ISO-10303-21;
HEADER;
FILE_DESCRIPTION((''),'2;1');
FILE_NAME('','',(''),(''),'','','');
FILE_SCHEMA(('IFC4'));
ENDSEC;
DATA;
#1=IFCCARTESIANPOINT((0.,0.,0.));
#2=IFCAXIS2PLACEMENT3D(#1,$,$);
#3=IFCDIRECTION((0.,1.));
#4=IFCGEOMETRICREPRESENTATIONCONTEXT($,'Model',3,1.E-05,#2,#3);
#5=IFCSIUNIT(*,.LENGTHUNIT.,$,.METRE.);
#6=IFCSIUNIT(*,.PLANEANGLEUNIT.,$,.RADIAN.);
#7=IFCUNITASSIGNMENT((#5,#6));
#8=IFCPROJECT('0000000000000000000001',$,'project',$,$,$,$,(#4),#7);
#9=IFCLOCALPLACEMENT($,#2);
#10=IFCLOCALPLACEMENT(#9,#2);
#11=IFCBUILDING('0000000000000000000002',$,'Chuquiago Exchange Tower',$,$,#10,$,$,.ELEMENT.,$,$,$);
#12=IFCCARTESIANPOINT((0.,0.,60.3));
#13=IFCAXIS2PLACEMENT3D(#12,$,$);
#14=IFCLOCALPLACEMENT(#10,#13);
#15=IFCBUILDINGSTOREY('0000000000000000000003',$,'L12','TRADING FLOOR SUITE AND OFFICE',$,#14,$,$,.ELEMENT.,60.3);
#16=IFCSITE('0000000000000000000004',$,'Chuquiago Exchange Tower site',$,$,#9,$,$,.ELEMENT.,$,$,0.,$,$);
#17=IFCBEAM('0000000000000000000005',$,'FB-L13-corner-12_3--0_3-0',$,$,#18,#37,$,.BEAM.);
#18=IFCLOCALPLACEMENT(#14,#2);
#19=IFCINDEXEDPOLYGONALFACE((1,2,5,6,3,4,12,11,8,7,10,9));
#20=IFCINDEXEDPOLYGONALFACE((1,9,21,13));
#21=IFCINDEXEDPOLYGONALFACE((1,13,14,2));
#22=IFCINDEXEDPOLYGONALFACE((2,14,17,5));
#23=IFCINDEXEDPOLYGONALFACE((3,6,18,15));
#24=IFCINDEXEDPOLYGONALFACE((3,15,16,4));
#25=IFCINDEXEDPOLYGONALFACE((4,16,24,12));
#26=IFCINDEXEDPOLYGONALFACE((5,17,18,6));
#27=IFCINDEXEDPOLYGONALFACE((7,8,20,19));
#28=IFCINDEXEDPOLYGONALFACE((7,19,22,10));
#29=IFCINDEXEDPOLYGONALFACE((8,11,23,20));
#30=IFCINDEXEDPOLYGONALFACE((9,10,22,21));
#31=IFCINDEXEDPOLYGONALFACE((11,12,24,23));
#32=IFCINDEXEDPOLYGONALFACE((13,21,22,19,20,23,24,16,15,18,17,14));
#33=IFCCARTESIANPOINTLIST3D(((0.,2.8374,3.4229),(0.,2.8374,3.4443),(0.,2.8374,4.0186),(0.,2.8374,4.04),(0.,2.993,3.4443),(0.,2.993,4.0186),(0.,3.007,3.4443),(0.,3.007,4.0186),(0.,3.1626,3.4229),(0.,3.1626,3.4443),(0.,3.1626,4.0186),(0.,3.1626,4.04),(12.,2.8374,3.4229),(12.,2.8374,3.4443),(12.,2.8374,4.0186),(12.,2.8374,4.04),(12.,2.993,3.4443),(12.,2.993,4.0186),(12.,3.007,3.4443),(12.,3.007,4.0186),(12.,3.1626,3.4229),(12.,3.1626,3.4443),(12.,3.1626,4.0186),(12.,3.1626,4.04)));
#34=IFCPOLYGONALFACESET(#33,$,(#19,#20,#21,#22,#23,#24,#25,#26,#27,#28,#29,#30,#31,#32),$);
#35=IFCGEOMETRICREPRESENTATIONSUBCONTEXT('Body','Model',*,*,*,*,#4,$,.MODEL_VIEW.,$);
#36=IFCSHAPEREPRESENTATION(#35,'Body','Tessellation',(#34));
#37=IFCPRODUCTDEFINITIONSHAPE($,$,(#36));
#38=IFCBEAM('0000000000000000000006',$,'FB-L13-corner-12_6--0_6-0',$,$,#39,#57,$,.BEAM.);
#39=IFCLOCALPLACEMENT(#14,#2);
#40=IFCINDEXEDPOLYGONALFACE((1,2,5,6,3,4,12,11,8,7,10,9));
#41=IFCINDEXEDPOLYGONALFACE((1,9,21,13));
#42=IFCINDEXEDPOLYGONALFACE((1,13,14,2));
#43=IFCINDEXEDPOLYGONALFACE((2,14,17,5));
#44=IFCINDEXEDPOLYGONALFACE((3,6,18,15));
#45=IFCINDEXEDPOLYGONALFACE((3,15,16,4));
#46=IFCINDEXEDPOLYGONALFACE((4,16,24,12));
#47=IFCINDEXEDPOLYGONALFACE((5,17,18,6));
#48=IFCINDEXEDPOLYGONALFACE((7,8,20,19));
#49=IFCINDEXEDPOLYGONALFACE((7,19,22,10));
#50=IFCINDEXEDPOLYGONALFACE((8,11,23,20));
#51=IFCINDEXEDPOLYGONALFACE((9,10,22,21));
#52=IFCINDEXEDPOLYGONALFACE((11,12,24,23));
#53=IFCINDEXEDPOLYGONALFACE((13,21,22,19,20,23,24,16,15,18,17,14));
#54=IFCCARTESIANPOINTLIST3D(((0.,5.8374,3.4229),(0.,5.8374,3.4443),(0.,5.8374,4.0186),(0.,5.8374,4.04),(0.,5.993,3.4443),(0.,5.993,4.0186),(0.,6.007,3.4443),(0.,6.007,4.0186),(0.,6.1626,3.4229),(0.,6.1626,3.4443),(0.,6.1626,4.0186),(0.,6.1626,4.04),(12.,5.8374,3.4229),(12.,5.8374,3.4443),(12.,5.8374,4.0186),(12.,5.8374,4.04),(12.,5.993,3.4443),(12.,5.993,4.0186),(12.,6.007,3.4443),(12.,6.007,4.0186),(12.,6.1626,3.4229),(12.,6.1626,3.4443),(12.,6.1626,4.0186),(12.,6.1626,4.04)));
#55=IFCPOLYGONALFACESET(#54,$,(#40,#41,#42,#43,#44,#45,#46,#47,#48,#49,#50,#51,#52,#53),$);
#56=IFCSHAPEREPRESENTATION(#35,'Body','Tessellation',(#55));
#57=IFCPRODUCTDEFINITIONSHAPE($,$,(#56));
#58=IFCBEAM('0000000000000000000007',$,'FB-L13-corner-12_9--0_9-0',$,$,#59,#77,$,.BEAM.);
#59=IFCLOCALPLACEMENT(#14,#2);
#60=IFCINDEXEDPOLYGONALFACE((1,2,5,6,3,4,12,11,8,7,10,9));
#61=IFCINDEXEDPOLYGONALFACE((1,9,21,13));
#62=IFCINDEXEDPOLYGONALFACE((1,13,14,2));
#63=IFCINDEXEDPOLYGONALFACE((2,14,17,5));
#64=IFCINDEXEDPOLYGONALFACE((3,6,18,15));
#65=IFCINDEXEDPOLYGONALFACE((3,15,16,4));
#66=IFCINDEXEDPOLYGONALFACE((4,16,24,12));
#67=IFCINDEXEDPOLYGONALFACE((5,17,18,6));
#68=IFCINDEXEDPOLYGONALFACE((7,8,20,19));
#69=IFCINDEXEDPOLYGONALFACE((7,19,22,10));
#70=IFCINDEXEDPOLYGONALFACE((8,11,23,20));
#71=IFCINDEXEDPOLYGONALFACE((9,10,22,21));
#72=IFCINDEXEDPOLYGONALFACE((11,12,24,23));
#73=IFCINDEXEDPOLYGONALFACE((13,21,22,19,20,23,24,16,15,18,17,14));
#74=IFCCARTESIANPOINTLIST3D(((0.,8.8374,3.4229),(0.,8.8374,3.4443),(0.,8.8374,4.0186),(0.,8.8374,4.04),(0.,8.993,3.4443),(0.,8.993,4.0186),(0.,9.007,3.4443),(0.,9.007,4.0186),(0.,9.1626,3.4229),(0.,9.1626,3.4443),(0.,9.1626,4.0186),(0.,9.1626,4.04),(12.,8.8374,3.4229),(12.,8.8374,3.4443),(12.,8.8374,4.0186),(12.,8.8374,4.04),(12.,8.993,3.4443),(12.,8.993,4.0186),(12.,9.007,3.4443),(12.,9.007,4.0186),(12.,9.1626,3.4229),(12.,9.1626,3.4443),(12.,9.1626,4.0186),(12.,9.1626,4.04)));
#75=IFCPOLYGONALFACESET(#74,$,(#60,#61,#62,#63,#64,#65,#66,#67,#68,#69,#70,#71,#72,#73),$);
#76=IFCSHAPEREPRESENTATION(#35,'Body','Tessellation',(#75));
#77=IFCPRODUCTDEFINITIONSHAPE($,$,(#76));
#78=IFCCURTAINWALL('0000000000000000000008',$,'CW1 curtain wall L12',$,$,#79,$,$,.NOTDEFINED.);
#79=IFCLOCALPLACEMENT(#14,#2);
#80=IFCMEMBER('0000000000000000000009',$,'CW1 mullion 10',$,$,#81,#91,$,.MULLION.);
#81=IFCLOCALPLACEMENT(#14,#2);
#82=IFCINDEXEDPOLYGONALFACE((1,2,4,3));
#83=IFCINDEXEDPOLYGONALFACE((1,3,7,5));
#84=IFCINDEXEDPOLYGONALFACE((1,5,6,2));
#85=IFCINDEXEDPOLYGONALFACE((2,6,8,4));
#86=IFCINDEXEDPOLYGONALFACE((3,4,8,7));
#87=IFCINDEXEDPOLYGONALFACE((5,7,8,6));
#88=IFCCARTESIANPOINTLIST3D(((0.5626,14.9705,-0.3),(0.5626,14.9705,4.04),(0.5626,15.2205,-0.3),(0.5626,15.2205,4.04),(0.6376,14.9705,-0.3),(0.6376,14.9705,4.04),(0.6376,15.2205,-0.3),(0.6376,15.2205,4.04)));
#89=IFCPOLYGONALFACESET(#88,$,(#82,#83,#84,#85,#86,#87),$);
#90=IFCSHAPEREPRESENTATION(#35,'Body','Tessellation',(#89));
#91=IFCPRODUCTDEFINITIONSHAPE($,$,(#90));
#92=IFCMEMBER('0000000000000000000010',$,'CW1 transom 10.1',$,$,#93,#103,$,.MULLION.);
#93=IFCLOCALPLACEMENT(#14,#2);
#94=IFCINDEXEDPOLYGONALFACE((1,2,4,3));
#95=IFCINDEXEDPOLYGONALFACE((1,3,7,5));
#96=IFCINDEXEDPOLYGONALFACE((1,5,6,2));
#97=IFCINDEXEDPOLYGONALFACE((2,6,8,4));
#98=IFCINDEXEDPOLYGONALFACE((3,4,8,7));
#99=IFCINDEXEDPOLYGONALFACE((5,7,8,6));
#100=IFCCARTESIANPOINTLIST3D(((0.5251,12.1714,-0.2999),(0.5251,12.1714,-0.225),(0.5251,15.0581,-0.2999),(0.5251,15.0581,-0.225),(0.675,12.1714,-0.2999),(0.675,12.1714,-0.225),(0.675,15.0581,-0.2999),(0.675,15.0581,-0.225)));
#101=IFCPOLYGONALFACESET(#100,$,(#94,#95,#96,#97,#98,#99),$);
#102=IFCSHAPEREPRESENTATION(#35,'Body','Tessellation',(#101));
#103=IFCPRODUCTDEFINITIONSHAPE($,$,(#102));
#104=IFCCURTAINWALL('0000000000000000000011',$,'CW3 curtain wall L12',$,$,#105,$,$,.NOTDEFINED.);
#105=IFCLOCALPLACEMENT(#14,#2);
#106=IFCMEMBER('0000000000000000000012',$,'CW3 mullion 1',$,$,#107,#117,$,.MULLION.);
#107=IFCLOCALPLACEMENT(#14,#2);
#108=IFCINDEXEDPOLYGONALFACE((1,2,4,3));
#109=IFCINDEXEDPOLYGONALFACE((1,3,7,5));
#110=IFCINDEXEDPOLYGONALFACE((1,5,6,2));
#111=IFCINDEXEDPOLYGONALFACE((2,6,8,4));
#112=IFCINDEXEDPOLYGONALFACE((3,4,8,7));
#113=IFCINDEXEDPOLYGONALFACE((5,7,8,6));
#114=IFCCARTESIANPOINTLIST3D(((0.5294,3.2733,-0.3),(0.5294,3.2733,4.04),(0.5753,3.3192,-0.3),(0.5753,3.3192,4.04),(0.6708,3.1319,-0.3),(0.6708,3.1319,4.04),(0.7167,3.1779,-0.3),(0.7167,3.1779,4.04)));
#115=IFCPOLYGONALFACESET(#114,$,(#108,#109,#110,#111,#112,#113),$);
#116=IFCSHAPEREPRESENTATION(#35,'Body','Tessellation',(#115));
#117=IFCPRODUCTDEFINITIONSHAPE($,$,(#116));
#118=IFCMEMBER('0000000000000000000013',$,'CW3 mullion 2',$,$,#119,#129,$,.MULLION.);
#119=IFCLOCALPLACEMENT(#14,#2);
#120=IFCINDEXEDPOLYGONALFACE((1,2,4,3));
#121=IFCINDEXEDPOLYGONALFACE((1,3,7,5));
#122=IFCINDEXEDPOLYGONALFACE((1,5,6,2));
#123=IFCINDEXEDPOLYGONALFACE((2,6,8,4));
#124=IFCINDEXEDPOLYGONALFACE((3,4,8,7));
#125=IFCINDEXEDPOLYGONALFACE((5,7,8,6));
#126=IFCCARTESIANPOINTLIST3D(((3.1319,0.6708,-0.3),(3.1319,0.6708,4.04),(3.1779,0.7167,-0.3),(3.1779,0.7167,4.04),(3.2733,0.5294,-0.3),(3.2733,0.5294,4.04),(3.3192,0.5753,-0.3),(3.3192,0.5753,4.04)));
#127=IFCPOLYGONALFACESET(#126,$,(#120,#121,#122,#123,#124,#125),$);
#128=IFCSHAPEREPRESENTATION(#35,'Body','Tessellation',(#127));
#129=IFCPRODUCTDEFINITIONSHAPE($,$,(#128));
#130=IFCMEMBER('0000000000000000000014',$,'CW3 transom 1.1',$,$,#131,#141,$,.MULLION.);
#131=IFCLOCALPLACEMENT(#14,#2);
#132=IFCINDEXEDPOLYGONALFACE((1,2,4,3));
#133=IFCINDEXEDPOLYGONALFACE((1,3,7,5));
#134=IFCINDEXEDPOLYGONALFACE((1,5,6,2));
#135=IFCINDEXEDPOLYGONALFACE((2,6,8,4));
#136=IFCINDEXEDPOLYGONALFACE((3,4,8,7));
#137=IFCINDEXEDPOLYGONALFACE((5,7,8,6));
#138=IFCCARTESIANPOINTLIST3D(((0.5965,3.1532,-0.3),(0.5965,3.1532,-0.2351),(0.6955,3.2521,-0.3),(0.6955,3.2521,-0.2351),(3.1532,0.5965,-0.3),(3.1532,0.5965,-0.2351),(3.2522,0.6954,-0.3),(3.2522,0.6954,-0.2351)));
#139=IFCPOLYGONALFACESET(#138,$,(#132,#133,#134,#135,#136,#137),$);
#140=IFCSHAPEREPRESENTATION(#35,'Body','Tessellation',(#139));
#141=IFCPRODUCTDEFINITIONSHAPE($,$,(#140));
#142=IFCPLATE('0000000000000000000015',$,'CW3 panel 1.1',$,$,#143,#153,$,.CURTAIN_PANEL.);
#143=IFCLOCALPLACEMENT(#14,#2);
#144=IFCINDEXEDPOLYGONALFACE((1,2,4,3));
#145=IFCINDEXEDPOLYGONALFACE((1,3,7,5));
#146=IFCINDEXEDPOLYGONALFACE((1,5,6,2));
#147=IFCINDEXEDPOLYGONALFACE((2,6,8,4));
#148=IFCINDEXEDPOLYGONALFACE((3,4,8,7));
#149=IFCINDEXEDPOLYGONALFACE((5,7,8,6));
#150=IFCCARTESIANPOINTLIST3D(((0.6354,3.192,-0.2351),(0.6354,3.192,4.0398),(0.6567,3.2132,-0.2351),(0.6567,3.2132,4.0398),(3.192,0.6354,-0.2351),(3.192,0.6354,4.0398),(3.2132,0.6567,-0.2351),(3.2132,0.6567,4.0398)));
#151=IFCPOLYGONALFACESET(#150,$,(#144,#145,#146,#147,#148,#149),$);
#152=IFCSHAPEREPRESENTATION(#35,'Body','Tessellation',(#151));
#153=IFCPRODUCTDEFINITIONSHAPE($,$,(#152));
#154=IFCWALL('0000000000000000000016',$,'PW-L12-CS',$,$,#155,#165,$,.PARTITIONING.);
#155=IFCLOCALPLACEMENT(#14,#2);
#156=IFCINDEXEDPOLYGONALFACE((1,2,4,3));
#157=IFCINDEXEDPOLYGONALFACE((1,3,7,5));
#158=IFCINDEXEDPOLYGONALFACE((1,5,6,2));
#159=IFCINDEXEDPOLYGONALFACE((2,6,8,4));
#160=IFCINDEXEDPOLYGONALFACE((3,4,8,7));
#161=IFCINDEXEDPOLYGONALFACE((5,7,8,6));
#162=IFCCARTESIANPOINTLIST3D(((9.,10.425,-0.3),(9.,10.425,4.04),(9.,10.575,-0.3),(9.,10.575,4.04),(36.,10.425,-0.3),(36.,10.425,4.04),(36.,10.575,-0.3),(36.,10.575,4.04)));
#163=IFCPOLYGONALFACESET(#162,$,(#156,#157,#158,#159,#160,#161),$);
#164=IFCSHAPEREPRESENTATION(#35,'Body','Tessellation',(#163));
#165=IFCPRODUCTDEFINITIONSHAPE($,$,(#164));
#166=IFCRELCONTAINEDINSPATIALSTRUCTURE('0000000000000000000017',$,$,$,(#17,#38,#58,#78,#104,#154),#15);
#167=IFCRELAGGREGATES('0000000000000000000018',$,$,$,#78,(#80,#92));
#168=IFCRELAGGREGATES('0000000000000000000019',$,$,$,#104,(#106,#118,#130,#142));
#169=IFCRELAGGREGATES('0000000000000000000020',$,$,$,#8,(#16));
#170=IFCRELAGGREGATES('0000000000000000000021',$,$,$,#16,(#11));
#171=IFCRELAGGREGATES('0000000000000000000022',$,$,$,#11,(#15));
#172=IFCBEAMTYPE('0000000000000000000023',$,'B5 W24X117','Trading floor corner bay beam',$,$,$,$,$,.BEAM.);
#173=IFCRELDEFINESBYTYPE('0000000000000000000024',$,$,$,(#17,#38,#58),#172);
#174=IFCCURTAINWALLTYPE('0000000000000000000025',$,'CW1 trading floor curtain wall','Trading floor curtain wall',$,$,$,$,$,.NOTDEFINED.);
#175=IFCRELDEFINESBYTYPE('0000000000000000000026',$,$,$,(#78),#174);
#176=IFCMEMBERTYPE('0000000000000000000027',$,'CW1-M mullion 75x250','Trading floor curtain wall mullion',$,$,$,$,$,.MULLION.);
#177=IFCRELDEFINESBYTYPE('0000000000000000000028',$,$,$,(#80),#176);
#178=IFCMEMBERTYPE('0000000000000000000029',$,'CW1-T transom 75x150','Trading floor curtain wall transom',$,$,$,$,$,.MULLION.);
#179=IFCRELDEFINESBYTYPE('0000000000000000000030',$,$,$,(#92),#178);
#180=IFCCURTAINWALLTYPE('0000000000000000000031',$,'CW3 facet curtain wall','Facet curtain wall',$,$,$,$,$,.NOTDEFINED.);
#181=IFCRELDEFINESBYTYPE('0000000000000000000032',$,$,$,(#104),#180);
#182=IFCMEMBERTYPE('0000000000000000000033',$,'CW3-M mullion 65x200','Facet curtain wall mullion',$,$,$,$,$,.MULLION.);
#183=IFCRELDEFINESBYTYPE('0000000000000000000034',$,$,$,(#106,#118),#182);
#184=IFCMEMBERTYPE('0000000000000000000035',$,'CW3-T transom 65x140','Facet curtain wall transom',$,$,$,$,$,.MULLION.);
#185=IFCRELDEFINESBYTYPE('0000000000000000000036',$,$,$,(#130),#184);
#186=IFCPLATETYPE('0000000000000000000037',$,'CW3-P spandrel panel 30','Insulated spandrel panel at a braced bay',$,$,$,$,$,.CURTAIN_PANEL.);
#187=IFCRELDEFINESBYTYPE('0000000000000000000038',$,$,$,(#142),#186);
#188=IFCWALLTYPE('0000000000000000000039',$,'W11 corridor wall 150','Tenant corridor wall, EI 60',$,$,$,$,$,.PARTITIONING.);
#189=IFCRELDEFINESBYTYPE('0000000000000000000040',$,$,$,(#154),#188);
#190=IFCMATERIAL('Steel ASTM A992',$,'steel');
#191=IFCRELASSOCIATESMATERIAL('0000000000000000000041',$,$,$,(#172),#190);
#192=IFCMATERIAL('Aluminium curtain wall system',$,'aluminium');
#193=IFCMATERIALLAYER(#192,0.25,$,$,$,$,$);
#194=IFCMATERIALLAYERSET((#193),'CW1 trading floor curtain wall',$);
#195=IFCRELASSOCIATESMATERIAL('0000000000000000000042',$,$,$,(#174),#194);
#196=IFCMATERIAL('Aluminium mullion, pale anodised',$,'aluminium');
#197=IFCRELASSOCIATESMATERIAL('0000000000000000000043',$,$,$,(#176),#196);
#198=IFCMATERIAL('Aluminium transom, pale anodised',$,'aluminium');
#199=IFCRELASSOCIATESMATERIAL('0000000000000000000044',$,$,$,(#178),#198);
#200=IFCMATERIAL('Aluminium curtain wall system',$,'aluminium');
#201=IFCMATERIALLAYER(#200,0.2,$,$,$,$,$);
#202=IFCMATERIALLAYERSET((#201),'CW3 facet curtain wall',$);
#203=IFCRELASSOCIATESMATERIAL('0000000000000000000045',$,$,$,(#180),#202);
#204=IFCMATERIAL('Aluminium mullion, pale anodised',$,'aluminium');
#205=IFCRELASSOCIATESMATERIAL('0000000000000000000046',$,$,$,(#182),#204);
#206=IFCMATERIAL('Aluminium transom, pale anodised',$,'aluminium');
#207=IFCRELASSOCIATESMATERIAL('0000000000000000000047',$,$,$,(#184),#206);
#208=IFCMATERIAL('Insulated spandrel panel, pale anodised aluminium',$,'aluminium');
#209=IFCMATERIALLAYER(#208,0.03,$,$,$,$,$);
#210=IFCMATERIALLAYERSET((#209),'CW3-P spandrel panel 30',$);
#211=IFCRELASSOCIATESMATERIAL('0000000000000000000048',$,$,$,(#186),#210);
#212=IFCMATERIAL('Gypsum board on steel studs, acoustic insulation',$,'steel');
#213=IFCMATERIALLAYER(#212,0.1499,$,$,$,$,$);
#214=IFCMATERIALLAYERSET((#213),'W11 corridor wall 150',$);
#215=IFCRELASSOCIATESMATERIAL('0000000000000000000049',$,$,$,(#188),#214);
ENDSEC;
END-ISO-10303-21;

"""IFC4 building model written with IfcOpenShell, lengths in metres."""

from ifc_helpers import new_model, si_unit, direction, frame, frame_2d, origin, origin_2d, place, context, subcontext, project, spatial, rectangle, i_section, extrude, material, layer, layer_set, material_profile, profile_set, type_object, element, aggregate, save


model = new_model("IFC4")

# Units and contexts
model_context = context("Model", 3, precision=1e-05, world=origin(), true_north=direction((0.0, 1.0)))
body_context = subcontext(model_context, "Body", "Model", "MODEL_VIEW")
ifc_project = project(units=[si_unit("LENGTHUNIT", "METRE"), si_unit("PLANEANGLEUNIT", "RADIAN")], contexts=[model_context])

# Site, building, storey
site_placement = place(None, origin())
site = spatial("IfcSite", under=ifc_project, at=site_placement, Name="Chuquiago Exchange Tower site", CompositionType="ELEMENT", RefElevation=0.0)
building_placement = place(site_placement, origin())
building = spatial("IfcBuilding", under=site, at=building_placement, Name="Chuquiago Exchange Tower", CompositionType="ELEMENT")
storey_placement = place(building_placement, frame((0.0, 0.0, 60.3)))
storey = spatial("IfcBuildingStorey", under=building, at=storey_placement, Name="L12", Description="TRADING FLOOR SUITE AND OFFICE", CompositionType="ELEMENT", Elevation=60.3)

# Beams
ifc_material_1 = material(Name="Steel ASTM A992", Category="steel")
ifc_material_profile_1 = material_profile(ifc_material_1, i_section(OverallWidth=0.3252, OverallDepth=0.6172, WebThickness=0.0139, FlangeThickness=0.0215, at=origin_2d()), Name="W24X117")
ifc_profile_set_1 = profile_set([ifc_material_profile_1], Name="Steel ASTM A992")
beam_type = type_object("IfcBeamType", Name="B5 W24X117", Description="Trading floor corner bay beam", PredefinedType="BEAM", material=ifc_profile_set_1)
for number, where, z_axis, x_axis, name in (
    (1, (12.0, 3.0, 3.7314), (-1.0, 0.0, 0.0), (0.0, -1.0, 0.0), "FB-L13-corner-12_3--0_3-0"),
    (2, (12.0, 6.0, 3.7314), (-1.0, 0.0, 0.0), (0.0, -1.0, 0.0), "FB-L13-corner-12_6--0_6-0"),
    (3, (12.0, 9.0, 3.7314), (-1.0, 0.0, 0.0), (0.0, -1.0, 0.0), "FB-L13-corner-12_9--0_9-0"),
):
    element("IfcBeam", number, at=place(storey_placement, frame(where, z_axis=z_axis, x_axis=x_axis)), inside=storey, type_object=beam_type, Name=name, PredefinedType="BEAM", context=body_context, shape_type="SweptSolid", body=[
        extrude(i_section(OverallWidth=0.3252, OverallDepth=0.6172, WebThickness=0.0139, FlangeThickness=0.0215, at=origin_2d()), origin(), (0.0, 0.0, 1.0), 12.0),
    ])

# Curtain wall, members
ifc_material_2 = material(Name="Aluminium curtain wall system", Category="aluminium")
ifc_layer_1 = layer(ifc_material_2, 0.25)
ifc_layer_set_1 = layer_set([ifc_layer_1], Name="CW1 trading floor curtain wall")
curtain_wall_type_1 = type_object("IfcCurtainWallType", Name="CW1 trading floor curtain wall", Description="Trading floor curtain wall", PredefinedType="NOTDEFINED", material=ifc_layer_set_1)
curtain_wall_1_placement = place(storey_placement, origin())
curtain_wall_1 = element("IfcCurtainWall", 4, at=curtain_wall_1_placement, inside=storey, type_object=curtain_wall_type_1, Name="CW1 curtain wall L12", PredefinedType="NOTDEFINED")
ifc_material_3 = material(Name="Aluminium mullion, pale anodised", Category="aluminium")
ifc_material_profile_2 = material_profile(ifc_material_3, rectangle(XDim=0.075, YDim=0.25, at=origin_2d()), Name="AL 75x250")
ifc_profile_set_2 = profile_set([ifc_material_profile_2], Name="Aluminium mullion, pale anodised")
member_type_1 = type_object("IfcMemberType", Name="CW1-M mullion 75x250", Description="Trading floor curtain wall mullion", PredefinedType="MULLION", material=ifc_profile_set_2)
member_1_placement = place(storey_placement, frame((0.6001, 15.0955, -0.3), z_axis=(0.0, 0.0, 1.0), x_axis=(1.0, 0.0, 0.0)))
member_1 = element("IfcMember", 5, at=member_1_placement, type_object=member_type_1, Name="CW1 mullion 10", PredefinedType="MULLION", context=body_context, shape_type="SweptSolid", body=[
    extrude(rectangle(XDim=0.075, YDim=0.25, at=origin_2d()), origin(), (0.0, 0.0, 1.0), 4.3401),
])
ifc_material_4 = material(Name="Aluminium transom, pale anodised", Category="aluminium")
ifc_material_profile_3 = material_profile(ifc_material_4, rectangle(XDim=0.1499, YDim=0.075, at=origin_2d()), Name="AL 150x75")
ifc_profile_set_3 = profile_set([ifc_material_profile_3], Name="Aluminium transom, pale anodised")
member_type_2 = type_object("IfcMemberType", Name="CW1-T transom 75x150", Description="Trading floor curtain wall transom", PredefinedType="MULLION", material=ifc_profile_set_3)
member_2_placement = place(storey_placement, frame((0.6001, 15.0581, -0.2625), z_axis=(0.0, -1.0, 0.0), x_axis=(1.0, 0.0, 0.0)))
member_2 = element("IfcMember", 6, at=member_2_placement, type_object=member_type_2, Name="CW1 transom 10.1", PredefinedType="MULLION", context=body_context, shape_type="SweptSolid", body=[
    extrude(rectangle(XDim=0.1499, YDim=0.075, at=origin_2d()), origin(), (0.0, 0.0, 1.0), 2.8867),
])
aggregate(curtain_wall_1, [member_1, member_2])

# Curtain wall, members, plate
ifc_material_5 = material(Name="Aluminium curtain wall system", Category="aluminium")
ifc_layer_2 = layer(ifc_material_5, 0.2)
ifc_layer_set_2 = layer_set([ifc_layer_2], Name="CW3 facet curtain wall")
curtain_wall_type_2 = type_object("IfcCurtainWallType", Name="CW3 facet curtain wall", Description="Facet curtain wall", PredefinedType="NOTDEFINED", material=ifc_layer_set_2)
curtain_wall_2_placement = place(storey_placement, origin())
curtain_wall_2 = element("IfcCurtainWall", 7, at=curtain_wall_2_placement, inside=storey, type_object=curtain_wall_type_2, Name="CW3 curtain wall L12", PredefinedType="NOTDEFINED")
ifc_material_6 = material(Name="Aluminium mullion, pale anodised", Category="aluminium")
ifc_material_profile_4 = material_profile(ifc_material_6, rectangle(XDim=0.0649, YDim=0.2, at=origin_2d()), Name="AL 65x200")
ifc_profile_set_4 = profile_set([ifc_material_profile_4], Name="Aluminium mullion, pale anodised")
member_type_3 = type_object("IfcMemberType", Name="CW3-M mullion 65x200", Description="Facet curtain wall mullion", PredefinedType="MULLION", material=ifc_profile_set_4)
member_3_placement = place(storey_placement, frame((0.623, 3.2256, -0.3), z_axis=(0.0, 0.0, 1.0), x_axis=(0.707107, 0.707107, 0.0)))
member_3 = element("IfcMember", 8, at=member_3_placement, type_object=member_type_3, Name="CW3 mullion 1", PredefinedType="MULLION", context=body_context, shape_type="SweptSolid", body=[
    extrude(rectangle(XDim=0.0649, YDim=0.2, at=origin_2d()), origin(), (0.0, 0.0, 1.0), 4.3401),
])
member_4_placement = place(storey_placement, frame((3.2256, 0.623, -0.3), z_axis=(0.0, 0.0, 1.0), x_axis=(0.707107, 0.707107, 0.0)))
member_4 = element("IfcMember", 9, at=member_4_placement, type_object=member_type_3, Name="CW3 mullion 2", PredefinedType="MULLION", context=body_context, shape_type="SweptSolid", body=[
    extrude(rectangle(XDim=0.0649, YDim=0.2, at=origin_2d()), origin(), (0.0, 0.0, 1.0), 4.3401),
])
ifc_material_7 = material(Name="Aluminium transom, pale anodised", Category="aluminium")
ifc_material_profile_5 = material_profile(ifc_material_7, rectangle(XDim=0.1399, YDim=0.0649, at=origin_2d()), Name="AL 140x65")
ifc_profile_set_5 = profile_set([ifc_material_profile_5], Name="Aluminium transom, pale anodised")
member_type_4 = type_object("IfcMemberType", Name="CW3-T transom 65x140", Description="Facet curtain wall transom", PredefinedType="MULLION", material=ifc_profile_set_5)
member_5_placement = place(storey_placement, frame((0.646, 3.2026, -0.2676), z_axis=(0.707107, -0.707107, 0.0), x_axis=(0.707107, 0.707107, 0.0)))
member_5 = element("IfcMember", 10, at=member_5_placement, type_object=member_type_4, Name="CW3 transom 1.1", PredefinedType="MULLION", context=body_context, shape_type="SweptSolid", body=[
    extrude(rectangle(XDim=0.1399, YDim=0.0649, at=origin_2d()), origin(), (0.0, 0.0, 1.0), 3.6157),
])
ifc_material_8 = material(Name="Insulated spandrel panel, pale anodised aluminium", Category="aluminium")
ifc_layer_3 = layer(ifc_material_8, 0.03)
ifc_layer_set_3 = layer_set([ifc_layer_3], Name="CW3-P spandrel panel 30")
plate_type = type_object("IfcPlateType", Name="CW3-P spandrel panel 30", Description="Insulated spandrel panel at a braced bay", PredefinedType="CURTAIN_PANEL", material=ifc_layer_set_3)
plate_placement = place(storey_placement, frame((1.9243, 1.9243, -0.2351), z_axis=(0.0, 0.0, 1.0), x_axis=(0.707107, -0.707107, 0.0)))
plate = element("IfcPlate", 11, at=plate_placement, type_object=plate_type, Name="CW3 panel 1.1", PredefinedType="CURTAIN_PANEL", context=body_context, shape_type="SweptSolid", body=[
    extrude(rectangle(XDim=3.6155, YDim=0.03, at=origin_2d()), origin(), (0.0, 0.0, 1.0), 4.2749),
])
aggregate(curtain_wall_2, [member_3, member_4, member_5, plate])

# Wall
ifc_material_9 = material(Name="Gypsum board on steel studs, acoustic insulation", Category="steel")
ifc_layer_4 = layer(ifc_material_9, 0.1499)
ifc_layer_set_4 = layer_set([ifc_layer_4], Name="W11 corridor wall 150")
wall_type_1 = type_object("IfcWallType", Name="W11 corridor wall 150", Description="Tenant corridor wall, EI 60", PredefinedType="PARTITIONING", material=ifc_layer_set_4)
wall_1_placement = place(storey_placement, frame((9.0, 10.5, -0.3), z_axis=(0.0, 0.0, 1.0), x_axis=(1.0, 0.0, 0.0)))
element("IfcWall", 12, at=wall_1_placement, inside=storey, type_object=wall_type_1, Name="PW-L12-CS", PredefinedType="PARTITIONING", context=body_context, shape_type="SweptSolid", body=[
    extrude(rectangle(XDim=27.0, YDim=0.1499, at=frame_2d((13.5, 0.0))), origin(), (0.0, 0.0, 1.0), 4.3401),
])

save(model, "model.ifc")
